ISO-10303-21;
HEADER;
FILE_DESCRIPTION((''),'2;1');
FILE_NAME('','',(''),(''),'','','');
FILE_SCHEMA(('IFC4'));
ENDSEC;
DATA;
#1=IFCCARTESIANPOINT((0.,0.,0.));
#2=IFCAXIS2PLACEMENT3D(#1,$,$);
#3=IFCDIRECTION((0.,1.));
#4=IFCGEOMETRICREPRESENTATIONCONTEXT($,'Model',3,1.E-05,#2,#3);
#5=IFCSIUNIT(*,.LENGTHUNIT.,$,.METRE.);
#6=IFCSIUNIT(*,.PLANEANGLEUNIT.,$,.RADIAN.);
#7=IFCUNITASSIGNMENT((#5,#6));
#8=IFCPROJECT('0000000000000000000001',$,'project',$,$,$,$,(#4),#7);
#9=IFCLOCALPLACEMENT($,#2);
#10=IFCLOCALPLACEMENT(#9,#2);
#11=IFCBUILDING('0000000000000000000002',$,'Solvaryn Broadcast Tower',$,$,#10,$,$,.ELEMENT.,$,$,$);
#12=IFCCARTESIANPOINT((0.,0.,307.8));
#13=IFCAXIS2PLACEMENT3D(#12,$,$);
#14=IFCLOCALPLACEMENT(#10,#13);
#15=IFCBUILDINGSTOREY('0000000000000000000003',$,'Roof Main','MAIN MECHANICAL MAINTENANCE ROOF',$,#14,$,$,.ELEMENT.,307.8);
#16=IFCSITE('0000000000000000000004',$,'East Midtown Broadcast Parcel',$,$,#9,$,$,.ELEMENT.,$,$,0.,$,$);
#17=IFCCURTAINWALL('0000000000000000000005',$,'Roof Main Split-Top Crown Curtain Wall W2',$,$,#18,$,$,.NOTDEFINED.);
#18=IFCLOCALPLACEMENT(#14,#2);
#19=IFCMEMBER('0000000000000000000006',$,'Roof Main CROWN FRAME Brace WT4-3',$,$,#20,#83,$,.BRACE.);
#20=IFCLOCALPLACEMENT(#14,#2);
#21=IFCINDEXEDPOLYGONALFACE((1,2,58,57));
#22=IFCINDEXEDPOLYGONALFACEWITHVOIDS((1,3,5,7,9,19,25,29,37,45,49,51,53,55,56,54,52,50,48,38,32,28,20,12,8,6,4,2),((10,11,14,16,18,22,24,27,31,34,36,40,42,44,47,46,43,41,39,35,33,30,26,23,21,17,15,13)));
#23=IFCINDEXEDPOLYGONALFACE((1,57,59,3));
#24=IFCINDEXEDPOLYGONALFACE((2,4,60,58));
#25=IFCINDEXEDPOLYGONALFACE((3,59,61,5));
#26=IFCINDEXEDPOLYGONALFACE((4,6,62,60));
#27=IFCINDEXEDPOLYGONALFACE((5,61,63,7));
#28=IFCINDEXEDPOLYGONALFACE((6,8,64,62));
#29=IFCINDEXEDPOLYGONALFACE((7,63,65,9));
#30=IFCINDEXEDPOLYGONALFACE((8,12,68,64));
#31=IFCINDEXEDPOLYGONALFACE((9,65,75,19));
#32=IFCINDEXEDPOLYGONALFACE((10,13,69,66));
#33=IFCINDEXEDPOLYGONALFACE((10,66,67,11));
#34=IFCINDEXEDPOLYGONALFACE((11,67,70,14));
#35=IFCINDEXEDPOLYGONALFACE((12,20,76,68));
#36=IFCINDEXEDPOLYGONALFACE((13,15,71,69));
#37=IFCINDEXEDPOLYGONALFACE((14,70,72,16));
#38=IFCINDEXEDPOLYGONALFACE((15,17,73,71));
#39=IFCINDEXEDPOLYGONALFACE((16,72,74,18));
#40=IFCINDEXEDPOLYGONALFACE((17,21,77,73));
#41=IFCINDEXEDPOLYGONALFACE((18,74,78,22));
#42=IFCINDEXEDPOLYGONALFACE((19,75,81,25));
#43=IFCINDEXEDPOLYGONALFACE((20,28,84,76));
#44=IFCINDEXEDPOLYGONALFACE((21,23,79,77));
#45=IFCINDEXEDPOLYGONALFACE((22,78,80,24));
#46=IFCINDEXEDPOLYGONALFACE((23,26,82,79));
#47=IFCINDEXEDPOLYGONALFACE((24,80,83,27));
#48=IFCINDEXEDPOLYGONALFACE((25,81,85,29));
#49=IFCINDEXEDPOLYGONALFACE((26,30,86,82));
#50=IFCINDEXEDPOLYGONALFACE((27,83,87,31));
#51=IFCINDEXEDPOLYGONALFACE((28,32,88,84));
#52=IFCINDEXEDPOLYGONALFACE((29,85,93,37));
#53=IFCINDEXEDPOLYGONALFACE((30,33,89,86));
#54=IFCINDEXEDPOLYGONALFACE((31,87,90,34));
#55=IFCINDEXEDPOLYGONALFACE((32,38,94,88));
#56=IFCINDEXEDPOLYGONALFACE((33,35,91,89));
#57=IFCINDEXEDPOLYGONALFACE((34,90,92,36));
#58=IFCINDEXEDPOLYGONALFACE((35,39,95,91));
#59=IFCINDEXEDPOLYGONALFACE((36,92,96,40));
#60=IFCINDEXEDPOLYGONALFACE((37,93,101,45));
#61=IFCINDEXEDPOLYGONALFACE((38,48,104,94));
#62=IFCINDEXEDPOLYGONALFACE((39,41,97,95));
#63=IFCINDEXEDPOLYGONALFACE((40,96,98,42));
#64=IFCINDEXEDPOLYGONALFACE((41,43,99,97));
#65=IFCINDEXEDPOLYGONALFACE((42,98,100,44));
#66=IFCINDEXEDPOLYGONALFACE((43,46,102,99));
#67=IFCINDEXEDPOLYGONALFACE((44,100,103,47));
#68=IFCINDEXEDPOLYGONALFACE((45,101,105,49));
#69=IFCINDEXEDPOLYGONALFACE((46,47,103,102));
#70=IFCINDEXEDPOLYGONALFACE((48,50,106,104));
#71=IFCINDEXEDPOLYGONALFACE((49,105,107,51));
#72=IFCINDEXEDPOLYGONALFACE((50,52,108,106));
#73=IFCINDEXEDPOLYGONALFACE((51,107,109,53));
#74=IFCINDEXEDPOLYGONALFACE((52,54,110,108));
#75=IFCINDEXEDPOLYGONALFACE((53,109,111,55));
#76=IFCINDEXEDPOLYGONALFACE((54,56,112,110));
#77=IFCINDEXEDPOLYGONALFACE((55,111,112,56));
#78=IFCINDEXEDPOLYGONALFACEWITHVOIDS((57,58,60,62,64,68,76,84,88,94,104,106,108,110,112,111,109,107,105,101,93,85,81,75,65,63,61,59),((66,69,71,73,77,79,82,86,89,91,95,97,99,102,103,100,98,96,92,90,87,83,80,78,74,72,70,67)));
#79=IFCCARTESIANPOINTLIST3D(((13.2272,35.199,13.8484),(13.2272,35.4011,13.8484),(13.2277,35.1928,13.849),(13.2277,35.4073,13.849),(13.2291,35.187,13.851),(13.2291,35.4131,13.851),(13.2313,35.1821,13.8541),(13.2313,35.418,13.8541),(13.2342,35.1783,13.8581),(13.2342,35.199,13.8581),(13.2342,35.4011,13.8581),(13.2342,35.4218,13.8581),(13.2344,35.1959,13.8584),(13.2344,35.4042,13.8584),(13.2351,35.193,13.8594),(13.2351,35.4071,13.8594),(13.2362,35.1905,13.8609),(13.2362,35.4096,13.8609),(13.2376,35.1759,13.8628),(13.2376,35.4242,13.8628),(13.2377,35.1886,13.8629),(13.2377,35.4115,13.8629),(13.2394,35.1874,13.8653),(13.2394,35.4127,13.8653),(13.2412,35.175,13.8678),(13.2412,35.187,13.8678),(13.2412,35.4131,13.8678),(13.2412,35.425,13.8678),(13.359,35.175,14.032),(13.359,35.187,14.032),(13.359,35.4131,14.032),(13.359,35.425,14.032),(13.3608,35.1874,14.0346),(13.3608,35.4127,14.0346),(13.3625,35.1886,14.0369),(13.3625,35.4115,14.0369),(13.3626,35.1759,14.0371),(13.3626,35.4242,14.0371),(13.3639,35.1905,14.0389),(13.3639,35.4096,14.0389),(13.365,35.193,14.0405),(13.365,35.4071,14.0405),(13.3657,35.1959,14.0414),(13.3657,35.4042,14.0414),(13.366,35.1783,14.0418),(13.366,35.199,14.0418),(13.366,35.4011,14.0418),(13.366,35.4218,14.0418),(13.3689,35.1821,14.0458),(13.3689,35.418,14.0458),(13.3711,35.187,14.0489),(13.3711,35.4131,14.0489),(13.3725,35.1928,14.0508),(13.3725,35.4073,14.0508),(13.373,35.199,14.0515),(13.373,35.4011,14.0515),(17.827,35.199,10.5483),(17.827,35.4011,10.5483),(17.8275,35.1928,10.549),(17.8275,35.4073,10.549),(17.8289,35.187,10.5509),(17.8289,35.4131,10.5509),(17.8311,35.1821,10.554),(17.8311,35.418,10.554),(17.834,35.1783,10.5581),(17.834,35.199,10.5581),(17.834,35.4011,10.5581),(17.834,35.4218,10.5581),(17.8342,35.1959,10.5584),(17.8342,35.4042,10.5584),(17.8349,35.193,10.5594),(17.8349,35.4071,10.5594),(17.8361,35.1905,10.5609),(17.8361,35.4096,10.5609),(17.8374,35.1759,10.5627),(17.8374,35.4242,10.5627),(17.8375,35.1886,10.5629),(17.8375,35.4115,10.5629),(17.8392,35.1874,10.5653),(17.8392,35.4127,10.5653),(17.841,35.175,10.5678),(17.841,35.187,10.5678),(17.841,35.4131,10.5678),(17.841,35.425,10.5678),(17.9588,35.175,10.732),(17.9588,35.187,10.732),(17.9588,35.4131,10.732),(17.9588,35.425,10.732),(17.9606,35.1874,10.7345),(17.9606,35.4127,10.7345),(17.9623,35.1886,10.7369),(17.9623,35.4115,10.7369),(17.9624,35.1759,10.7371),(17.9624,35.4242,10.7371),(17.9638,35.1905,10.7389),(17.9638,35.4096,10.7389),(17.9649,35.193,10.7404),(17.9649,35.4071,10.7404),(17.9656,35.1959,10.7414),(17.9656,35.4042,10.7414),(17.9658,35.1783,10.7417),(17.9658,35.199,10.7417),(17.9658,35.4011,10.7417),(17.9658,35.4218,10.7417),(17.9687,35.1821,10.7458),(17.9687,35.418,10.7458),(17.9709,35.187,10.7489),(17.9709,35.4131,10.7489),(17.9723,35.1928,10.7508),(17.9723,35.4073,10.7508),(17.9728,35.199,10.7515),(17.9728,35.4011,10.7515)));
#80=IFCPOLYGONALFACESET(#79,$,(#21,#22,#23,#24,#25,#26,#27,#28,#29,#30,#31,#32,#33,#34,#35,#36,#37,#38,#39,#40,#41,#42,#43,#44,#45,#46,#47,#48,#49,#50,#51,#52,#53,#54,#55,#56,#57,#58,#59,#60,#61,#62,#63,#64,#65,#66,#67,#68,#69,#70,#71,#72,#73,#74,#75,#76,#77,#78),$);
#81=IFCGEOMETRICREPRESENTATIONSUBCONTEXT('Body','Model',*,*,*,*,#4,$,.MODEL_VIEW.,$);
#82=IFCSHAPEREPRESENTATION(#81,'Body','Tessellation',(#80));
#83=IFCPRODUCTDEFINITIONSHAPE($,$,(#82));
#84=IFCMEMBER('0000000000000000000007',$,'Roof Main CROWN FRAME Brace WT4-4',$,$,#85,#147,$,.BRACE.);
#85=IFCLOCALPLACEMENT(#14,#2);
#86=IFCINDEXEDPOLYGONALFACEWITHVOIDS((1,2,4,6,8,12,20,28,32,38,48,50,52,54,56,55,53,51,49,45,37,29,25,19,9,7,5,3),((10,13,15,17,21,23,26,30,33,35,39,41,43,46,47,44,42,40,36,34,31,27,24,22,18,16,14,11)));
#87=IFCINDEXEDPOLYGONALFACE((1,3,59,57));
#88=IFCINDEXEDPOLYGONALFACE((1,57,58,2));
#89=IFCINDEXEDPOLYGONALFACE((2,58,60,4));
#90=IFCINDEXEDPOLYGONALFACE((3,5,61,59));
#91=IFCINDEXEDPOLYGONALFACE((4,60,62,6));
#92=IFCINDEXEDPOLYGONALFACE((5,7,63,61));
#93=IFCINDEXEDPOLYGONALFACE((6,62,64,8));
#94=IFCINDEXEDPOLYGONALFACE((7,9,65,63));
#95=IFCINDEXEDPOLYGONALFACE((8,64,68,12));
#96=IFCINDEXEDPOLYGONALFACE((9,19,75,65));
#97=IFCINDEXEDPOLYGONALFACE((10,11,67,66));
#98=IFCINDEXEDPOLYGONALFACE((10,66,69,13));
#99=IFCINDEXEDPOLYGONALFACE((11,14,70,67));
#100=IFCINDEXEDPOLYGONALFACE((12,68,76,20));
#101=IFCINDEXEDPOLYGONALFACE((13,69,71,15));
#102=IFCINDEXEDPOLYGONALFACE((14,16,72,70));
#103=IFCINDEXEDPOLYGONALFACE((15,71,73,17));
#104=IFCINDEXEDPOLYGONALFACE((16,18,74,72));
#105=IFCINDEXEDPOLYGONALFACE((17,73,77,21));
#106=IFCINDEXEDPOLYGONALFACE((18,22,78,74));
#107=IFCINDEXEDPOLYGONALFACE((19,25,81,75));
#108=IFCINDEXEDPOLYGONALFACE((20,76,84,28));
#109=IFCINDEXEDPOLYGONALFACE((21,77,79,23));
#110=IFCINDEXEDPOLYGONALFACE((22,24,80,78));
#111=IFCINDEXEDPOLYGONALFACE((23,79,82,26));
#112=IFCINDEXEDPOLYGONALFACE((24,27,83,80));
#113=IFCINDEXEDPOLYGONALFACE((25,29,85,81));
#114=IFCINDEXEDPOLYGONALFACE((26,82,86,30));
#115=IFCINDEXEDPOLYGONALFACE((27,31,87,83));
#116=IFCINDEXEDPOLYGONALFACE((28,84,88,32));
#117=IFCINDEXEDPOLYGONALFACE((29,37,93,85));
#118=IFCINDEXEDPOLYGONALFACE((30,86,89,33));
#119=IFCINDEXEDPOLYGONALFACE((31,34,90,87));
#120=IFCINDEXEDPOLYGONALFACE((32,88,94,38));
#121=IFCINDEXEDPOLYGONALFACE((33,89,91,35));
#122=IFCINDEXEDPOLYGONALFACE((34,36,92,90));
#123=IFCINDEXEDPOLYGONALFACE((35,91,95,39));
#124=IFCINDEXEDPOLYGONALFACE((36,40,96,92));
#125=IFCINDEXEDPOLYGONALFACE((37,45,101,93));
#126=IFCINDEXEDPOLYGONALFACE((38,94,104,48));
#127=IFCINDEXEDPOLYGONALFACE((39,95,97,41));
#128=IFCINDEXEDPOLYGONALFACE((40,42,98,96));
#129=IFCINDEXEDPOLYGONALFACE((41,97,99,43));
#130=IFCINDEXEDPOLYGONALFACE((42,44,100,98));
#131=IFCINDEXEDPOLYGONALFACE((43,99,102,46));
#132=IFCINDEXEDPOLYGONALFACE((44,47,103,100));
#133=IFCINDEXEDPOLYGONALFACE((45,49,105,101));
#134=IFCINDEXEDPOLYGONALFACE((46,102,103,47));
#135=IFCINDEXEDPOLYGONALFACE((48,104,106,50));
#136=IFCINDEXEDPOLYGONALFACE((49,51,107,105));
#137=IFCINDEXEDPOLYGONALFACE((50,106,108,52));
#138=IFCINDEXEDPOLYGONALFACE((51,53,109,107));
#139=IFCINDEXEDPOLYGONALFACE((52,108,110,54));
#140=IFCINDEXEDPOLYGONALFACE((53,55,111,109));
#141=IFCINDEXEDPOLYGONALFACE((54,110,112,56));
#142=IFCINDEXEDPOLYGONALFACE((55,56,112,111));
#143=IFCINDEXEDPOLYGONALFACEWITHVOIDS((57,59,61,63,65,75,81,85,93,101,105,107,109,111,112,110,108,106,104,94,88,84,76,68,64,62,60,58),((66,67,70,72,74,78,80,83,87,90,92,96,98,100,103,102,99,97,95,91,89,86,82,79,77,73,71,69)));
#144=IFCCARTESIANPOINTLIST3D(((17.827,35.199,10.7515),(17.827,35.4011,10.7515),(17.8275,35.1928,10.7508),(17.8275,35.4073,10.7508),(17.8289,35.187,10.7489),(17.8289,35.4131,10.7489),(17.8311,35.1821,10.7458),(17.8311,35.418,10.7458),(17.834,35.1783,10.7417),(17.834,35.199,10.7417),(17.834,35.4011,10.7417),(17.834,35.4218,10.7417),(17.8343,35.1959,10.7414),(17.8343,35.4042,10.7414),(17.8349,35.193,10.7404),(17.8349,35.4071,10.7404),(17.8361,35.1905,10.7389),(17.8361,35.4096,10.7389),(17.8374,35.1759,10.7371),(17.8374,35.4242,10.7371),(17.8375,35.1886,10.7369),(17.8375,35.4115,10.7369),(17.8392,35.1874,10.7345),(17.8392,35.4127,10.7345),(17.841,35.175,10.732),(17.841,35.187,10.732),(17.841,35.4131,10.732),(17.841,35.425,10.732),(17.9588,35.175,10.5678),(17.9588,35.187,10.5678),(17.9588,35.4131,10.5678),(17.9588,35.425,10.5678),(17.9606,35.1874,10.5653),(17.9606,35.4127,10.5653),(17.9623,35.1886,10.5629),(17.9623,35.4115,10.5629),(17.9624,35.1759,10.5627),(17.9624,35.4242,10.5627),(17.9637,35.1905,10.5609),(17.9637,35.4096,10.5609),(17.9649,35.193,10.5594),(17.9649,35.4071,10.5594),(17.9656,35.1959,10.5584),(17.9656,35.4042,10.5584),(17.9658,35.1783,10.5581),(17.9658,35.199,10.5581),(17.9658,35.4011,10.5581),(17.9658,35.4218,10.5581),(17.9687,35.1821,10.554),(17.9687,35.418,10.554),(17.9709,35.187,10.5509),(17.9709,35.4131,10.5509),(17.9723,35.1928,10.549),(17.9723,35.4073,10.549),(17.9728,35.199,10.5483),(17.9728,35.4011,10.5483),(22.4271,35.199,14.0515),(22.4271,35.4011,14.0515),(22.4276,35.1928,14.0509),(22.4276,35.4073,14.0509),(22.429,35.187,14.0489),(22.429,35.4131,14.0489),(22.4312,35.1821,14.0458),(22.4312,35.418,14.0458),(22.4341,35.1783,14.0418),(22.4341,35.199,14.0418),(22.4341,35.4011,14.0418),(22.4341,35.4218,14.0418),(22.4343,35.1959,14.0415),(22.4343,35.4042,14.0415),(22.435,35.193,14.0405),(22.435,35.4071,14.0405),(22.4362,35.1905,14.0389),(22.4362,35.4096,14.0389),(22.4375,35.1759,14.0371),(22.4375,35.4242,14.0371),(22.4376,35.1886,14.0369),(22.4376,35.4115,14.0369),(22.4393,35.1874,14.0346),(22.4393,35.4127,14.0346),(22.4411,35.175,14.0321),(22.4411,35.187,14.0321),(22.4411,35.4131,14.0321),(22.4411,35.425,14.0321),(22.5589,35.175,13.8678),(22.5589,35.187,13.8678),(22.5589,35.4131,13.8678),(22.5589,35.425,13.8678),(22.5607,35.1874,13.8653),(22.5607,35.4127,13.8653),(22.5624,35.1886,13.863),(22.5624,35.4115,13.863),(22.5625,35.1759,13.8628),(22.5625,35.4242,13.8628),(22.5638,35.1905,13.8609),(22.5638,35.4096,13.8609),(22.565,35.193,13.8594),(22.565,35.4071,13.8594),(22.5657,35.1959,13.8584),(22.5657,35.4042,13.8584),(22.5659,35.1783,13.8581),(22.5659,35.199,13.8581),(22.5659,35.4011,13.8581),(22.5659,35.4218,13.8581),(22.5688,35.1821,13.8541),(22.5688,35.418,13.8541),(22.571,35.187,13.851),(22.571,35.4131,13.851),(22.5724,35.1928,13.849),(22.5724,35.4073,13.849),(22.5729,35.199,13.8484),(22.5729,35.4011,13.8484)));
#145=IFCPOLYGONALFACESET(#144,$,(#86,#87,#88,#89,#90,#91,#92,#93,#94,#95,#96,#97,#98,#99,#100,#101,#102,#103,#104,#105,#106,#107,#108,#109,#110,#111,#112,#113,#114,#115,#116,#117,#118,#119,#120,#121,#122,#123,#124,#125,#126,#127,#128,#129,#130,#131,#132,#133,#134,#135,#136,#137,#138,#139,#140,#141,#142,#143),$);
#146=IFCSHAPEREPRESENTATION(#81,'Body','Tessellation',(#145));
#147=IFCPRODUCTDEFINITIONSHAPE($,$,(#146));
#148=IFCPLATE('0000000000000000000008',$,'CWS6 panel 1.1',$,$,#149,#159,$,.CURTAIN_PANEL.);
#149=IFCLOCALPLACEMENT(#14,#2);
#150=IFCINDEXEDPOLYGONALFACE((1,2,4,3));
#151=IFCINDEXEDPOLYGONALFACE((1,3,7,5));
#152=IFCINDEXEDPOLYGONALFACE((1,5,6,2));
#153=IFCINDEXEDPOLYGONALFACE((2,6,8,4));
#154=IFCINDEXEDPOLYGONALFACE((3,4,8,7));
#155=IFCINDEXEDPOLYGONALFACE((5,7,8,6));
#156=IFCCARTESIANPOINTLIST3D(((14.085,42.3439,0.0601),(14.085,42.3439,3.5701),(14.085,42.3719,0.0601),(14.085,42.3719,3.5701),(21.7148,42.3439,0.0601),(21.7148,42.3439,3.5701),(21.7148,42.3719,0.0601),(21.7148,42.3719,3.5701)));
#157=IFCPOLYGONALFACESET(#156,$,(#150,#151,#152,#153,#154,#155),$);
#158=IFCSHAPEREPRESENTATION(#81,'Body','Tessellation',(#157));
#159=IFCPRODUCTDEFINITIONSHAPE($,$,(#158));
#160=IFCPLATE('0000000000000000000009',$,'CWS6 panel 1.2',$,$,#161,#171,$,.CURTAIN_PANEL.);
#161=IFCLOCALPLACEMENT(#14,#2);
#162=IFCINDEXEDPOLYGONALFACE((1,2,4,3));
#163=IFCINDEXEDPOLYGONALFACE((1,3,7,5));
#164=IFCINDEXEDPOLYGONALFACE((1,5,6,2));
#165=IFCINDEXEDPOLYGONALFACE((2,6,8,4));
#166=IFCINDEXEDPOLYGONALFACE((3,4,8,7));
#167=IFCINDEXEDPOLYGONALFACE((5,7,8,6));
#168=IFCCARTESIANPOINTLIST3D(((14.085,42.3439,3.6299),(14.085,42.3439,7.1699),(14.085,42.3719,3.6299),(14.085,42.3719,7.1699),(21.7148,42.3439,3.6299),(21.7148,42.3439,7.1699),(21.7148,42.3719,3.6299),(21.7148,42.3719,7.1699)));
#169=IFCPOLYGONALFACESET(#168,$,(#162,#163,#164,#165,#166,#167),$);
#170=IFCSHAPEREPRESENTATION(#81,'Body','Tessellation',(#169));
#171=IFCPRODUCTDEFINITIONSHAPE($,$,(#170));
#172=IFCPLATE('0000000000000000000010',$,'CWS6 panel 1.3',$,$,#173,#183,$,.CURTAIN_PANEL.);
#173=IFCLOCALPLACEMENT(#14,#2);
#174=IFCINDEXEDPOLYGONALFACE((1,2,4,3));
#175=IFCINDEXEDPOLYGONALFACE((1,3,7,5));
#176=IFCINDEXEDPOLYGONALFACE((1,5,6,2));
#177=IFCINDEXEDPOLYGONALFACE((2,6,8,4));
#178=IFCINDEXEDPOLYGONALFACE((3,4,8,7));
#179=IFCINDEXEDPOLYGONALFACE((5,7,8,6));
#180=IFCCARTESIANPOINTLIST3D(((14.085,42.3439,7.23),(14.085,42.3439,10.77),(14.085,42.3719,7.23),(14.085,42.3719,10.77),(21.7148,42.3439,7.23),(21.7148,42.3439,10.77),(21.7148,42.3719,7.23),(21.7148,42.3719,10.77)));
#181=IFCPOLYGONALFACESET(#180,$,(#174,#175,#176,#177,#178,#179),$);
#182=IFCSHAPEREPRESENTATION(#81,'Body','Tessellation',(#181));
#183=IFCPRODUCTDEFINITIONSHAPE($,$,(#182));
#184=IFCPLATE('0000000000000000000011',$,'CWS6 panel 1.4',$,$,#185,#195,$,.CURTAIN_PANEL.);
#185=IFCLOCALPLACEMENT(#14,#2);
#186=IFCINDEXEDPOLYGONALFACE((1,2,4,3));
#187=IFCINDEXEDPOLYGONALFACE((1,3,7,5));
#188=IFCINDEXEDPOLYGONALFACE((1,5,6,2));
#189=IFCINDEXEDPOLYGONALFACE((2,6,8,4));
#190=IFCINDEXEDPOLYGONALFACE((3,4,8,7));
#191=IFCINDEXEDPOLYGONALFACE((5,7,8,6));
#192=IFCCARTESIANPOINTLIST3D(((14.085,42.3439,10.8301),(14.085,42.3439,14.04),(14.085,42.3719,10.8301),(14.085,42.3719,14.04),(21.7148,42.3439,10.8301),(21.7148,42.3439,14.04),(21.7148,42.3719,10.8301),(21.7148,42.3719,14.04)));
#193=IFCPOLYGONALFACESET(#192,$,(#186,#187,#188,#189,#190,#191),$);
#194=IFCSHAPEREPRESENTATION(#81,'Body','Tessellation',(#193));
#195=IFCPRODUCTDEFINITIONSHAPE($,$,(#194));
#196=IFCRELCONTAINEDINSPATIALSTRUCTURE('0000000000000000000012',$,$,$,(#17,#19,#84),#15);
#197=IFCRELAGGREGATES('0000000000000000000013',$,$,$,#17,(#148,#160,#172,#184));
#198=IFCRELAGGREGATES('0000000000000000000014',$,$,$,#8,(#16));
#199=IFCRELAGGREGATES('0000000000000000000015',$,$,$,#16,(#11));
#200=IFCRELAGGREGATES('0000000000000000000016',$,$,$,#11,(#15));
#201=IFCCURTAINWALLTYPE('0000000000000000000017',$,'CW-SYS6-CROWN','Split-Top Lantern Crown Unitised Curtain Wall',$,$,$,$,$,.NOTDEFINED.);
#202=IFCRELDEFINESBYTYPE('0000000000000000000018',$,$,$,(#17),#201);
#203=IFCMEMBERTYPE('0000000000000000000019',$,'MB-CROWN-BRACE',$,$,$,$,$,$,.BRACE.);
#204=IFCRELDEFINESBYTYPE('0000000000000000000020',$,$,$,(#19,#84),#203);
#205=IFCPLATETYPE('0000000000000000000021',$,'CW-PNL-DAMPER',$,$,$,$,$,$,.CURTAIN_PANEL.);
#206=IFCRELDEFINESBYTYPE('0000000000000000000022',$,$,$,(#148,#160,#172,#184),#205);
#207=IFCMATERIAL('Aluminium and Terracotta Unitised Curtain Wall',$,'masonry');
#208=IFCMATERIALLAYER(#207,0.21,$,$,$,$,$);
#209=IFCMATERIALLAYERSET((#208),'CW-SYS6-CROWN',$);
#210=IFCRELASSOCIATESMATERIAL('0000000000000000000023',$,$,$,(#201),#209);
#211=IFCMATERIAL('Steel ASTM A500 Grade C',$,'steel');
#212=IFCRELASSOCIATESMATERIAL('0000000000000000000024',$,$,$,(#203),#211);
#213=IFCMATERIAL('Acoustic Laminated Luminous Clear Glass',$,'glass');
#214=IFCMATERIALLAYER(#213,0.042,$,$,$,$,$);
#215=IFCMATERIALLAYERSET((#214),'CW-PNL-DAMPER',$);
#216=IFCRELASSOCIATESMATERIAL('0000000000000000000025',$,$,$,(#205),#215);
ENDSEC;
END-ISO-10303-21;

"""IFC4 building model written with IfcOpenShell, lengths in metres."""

from ifc_helpers import new_model, si_unit, direction, frame, origin, origin_2d, place, context, subcontext, project, spatial, rectangle, hollow_rectangle, extrude, material, layer, layer_set, material_profile, profile_set, type_object, element, aggregate, save


model = new_model("IFC4")

# Units and contexts
model_context = context("Model", 3, precision=1e-05, world=origin(), true_north=direction((0.0, 1.0)))
body_context = subcontext(model_context, "Body", "Model", "MODEL_VIEW")
ifc_project = project(units=[si_unit("LENGTHUNIT", "METRE"), si_unit("PLANEANGLEUNIT", "RADIAN")], contexts=[model_context])

# Site, building, storey
site_placement = place(None, origin())
site = spatial("IfcSite", under=ifc_project, at=site_placement, Name="East Midtown Broadcast Parcel", CompositionType="ELEMENT", RefElevation=0.0)
building_placement = place(site_placement, origin())
building = spatial("IfcBuilding", under=site, at=building_placement, Name="Solvaryn Broadcast Tower", CompositionType="ELEMENT")
storey_placement = place(building_placement, frame((0.0, 0.0, 307.8)))
storey = spatial("IfcBuildingStorey", under=building, at=storey_placement, Name="Roof Main", Description="MAIN MECHANICAL MAINTENANCE ROOF", CompositionType="ELEMENT", Elevation=307.8)

# Curtain wall
ifc_material_1 = material(Name="Aluminium and Terracotta Unitised Curtain Wall", Category="masonry")
ifc_layer_1 = layer(ifc_material_1, 0.21)
ifc_layer_set_1 = layer_set([ifc_layer_1], Name="CW-SYS6-CROWN")
curtain_wall_type = type_object("IfcCurtainWallType", Name="CW-SYS6-CROWN", Description="Split-Top Lantern Crown Unitised Curtain Wall", PredefinedType="NOTDEFINED", material=ifc_layer_set_1)
curtain_wall_1_placement = place(storey_placement, origin())
curtain_wall_1 = element("IfcCurtainWall", 1, at=curtain_wall_1_placement, inside=storey, type_object=curtain_wall_type, Name="Roof Main Split-Top Crown Curtain Wall W2", PredefinedType="NOTDEFINED")

# Members
ifc_material_2 = material(Name="Steel ASTM A500 Grade C", Category="steel")
ifc_material_profile_1 = material_profile(ifc_material_2, hollow_rectangle(XDim=0.25, YDim=0.25, WallThickness=0.012, InnerFilletRadius=0.012, OuterFilletRadius=0.0239, at=origin_2d()))
ifc_profile_set_1 = profile_set([ifc_material_profile_1], Name="Steel ASTM A500 Grade C")
member_type_1 = type_object("IfcMemberType", Name="MB-CROWN-BRACE", PredefinedType="BRACE", material=ifc_profile_set_1)
for number, where, z_axis, x_axis, name in (
    (2, (17.8999, 35.3, 10.6499), (-0.812525, 0.0, 0.582926), (0.0, -1.0, 0.0), "Roof Main CROWN FRAME Brace WT4-3"),
):
    element("IfcMember", number, at=place(storey_placement, frame(where, z_axis=z_axis, x_axis=x_axis)), inside=storey, type_object=member_type_1, Name=name, PredefinedType="BRACE", context=body_context, shape_type="SweptSolid", body=[
        extrude(hollow_rectangle(XDim=0.25, YDim=0.25, WallThickness=0.012, InnerFilletRadius=0.012, OuterFilletRadius=0.0239, at=origin_2d()), origin(), (0.0, 0.0, 1.0), 5.6611),
    ])
member_1_placement = place(storey_placement, frame((17.8999, 35.3, 10.6499), z_axis=(0.81254, 0.0, 0.582905), x_axis=(0.0, 1.0, 0.0)))
element("IfcMember", 3, at=member_1_placement, inside=storey, type_object=member_type_1, Name="Roof Main CROWN FRAME Brace WT4-4", PredefinedType="BRACE", context=body_context, shape_type="SweptSolid", body=[
    extrude(hollow_rectangle(XDim=0.25, YDim=0.25, WallThickness=0.012, InnerFilletRadius=0.012, OuterFilletRadius=0.0239, at=origin_2d()), origin(), (0.0, 0.0, 1.0), 5.6614),
])

# Plates
ifc_material_3 = material(Name="Acoustic Laminated Luminous Clear Glass", Category="glass")
ifc_layer_2 = layer(ifc_material_3, 0.042)
ifc_layer_set_2 = layer_set([ifc_layer_2], Name="CW-PNL-DAMPER")
plate_type_1 = type_object("IfcPlateType", Name="CW-PNL-DAMPER", PredefinedType="CURTAIN_PANEL", material=ifc_layer_set_2)
plate_1_placement = place(storey_placement, frame((17.8999, 42.3579, 0.0601), z_axis=(0.0, 0.0, 1.0), x_axis=(-1.0, 0.0, 0.0)))
plate_1 = element("IfcPlate", 4, at=plate_1_placement, type_object=plate_type_1, Name="CWS6 panel 1.1", PredefinedType="CURTAIN_PANEL", context=body_context, shape_type="SweptSolid", body=[
    extrude(rectangle(XDim=7.6299, YDim=0.0281, at=origin_2d()), origin(), (0.0, 0.0, 1.0), 3.51),
])
plate_2_placement = place(storey_placement, frame((17.8999, 42.3579, 3.6299), z_axis=(0.0, 0.0, 1.0), x_axis=(-1.0, 0.0, 0.0)))
plate_2 = element("IfcPlate", 5, at=plate_2_placement, type_object=plate_type_1, Name="CWS6 panel 1.2", PredefinedType="CURTAIN_PANEL", context=body_context, shape_type="SweptSolid", body=[
    extrude(rectangle(XDim=7.6299, YDim=0.0281, at=origin_2d()), origin(), (0.0, 0.0, 1.0), 3.54),
])
plate_3_placement = place(storey_placement, frame((17.8999, 42.3579, 7.23), z_axis=(0.0, 0.0, 1.0), x_axis=(-1.0, 0.0, 0.0)))
plate_3 = element("IfcPlate", 6, at=plate_3_placement, type_object=plate_type_1, Name="CWS6 panel 1.3", PredefinedType="CURTAIN_PANEL", context=body_context, shape_type="SweptSolid", body=[
    extrude(rectangle(XDim=7.6299, YDim=0.0281, at=origin_2d()), origin(), (0.0, 0.0, 1.0), 3.54),
])
plate_4_placement = place(storey_placement, frame((17.8999, 42.3579, 10.8301), z_axis=(0.0, 0.0, 1.0), x_axis=(-1.0, 0.0, 0.0)))
plate_4 = element("IfcPlate", 7, at=plate_4_placement, type_object=plate_type_1, Name="CWS6 panel 1.4", PredefinedType="CURTAIN_PANEL", context=body_context, shape_type="SweptSolid", body=[
    extrude(rectangle(XDim=7.6299, YDim=0.0281, at=origin_2d()), origin(), (0.0, 0.0, 1.0), 3.21),
])
aggregate(curtain_wall_1, [plate_1, plate_2, plate_3, plate_4])

save(model, "model.ifc")
